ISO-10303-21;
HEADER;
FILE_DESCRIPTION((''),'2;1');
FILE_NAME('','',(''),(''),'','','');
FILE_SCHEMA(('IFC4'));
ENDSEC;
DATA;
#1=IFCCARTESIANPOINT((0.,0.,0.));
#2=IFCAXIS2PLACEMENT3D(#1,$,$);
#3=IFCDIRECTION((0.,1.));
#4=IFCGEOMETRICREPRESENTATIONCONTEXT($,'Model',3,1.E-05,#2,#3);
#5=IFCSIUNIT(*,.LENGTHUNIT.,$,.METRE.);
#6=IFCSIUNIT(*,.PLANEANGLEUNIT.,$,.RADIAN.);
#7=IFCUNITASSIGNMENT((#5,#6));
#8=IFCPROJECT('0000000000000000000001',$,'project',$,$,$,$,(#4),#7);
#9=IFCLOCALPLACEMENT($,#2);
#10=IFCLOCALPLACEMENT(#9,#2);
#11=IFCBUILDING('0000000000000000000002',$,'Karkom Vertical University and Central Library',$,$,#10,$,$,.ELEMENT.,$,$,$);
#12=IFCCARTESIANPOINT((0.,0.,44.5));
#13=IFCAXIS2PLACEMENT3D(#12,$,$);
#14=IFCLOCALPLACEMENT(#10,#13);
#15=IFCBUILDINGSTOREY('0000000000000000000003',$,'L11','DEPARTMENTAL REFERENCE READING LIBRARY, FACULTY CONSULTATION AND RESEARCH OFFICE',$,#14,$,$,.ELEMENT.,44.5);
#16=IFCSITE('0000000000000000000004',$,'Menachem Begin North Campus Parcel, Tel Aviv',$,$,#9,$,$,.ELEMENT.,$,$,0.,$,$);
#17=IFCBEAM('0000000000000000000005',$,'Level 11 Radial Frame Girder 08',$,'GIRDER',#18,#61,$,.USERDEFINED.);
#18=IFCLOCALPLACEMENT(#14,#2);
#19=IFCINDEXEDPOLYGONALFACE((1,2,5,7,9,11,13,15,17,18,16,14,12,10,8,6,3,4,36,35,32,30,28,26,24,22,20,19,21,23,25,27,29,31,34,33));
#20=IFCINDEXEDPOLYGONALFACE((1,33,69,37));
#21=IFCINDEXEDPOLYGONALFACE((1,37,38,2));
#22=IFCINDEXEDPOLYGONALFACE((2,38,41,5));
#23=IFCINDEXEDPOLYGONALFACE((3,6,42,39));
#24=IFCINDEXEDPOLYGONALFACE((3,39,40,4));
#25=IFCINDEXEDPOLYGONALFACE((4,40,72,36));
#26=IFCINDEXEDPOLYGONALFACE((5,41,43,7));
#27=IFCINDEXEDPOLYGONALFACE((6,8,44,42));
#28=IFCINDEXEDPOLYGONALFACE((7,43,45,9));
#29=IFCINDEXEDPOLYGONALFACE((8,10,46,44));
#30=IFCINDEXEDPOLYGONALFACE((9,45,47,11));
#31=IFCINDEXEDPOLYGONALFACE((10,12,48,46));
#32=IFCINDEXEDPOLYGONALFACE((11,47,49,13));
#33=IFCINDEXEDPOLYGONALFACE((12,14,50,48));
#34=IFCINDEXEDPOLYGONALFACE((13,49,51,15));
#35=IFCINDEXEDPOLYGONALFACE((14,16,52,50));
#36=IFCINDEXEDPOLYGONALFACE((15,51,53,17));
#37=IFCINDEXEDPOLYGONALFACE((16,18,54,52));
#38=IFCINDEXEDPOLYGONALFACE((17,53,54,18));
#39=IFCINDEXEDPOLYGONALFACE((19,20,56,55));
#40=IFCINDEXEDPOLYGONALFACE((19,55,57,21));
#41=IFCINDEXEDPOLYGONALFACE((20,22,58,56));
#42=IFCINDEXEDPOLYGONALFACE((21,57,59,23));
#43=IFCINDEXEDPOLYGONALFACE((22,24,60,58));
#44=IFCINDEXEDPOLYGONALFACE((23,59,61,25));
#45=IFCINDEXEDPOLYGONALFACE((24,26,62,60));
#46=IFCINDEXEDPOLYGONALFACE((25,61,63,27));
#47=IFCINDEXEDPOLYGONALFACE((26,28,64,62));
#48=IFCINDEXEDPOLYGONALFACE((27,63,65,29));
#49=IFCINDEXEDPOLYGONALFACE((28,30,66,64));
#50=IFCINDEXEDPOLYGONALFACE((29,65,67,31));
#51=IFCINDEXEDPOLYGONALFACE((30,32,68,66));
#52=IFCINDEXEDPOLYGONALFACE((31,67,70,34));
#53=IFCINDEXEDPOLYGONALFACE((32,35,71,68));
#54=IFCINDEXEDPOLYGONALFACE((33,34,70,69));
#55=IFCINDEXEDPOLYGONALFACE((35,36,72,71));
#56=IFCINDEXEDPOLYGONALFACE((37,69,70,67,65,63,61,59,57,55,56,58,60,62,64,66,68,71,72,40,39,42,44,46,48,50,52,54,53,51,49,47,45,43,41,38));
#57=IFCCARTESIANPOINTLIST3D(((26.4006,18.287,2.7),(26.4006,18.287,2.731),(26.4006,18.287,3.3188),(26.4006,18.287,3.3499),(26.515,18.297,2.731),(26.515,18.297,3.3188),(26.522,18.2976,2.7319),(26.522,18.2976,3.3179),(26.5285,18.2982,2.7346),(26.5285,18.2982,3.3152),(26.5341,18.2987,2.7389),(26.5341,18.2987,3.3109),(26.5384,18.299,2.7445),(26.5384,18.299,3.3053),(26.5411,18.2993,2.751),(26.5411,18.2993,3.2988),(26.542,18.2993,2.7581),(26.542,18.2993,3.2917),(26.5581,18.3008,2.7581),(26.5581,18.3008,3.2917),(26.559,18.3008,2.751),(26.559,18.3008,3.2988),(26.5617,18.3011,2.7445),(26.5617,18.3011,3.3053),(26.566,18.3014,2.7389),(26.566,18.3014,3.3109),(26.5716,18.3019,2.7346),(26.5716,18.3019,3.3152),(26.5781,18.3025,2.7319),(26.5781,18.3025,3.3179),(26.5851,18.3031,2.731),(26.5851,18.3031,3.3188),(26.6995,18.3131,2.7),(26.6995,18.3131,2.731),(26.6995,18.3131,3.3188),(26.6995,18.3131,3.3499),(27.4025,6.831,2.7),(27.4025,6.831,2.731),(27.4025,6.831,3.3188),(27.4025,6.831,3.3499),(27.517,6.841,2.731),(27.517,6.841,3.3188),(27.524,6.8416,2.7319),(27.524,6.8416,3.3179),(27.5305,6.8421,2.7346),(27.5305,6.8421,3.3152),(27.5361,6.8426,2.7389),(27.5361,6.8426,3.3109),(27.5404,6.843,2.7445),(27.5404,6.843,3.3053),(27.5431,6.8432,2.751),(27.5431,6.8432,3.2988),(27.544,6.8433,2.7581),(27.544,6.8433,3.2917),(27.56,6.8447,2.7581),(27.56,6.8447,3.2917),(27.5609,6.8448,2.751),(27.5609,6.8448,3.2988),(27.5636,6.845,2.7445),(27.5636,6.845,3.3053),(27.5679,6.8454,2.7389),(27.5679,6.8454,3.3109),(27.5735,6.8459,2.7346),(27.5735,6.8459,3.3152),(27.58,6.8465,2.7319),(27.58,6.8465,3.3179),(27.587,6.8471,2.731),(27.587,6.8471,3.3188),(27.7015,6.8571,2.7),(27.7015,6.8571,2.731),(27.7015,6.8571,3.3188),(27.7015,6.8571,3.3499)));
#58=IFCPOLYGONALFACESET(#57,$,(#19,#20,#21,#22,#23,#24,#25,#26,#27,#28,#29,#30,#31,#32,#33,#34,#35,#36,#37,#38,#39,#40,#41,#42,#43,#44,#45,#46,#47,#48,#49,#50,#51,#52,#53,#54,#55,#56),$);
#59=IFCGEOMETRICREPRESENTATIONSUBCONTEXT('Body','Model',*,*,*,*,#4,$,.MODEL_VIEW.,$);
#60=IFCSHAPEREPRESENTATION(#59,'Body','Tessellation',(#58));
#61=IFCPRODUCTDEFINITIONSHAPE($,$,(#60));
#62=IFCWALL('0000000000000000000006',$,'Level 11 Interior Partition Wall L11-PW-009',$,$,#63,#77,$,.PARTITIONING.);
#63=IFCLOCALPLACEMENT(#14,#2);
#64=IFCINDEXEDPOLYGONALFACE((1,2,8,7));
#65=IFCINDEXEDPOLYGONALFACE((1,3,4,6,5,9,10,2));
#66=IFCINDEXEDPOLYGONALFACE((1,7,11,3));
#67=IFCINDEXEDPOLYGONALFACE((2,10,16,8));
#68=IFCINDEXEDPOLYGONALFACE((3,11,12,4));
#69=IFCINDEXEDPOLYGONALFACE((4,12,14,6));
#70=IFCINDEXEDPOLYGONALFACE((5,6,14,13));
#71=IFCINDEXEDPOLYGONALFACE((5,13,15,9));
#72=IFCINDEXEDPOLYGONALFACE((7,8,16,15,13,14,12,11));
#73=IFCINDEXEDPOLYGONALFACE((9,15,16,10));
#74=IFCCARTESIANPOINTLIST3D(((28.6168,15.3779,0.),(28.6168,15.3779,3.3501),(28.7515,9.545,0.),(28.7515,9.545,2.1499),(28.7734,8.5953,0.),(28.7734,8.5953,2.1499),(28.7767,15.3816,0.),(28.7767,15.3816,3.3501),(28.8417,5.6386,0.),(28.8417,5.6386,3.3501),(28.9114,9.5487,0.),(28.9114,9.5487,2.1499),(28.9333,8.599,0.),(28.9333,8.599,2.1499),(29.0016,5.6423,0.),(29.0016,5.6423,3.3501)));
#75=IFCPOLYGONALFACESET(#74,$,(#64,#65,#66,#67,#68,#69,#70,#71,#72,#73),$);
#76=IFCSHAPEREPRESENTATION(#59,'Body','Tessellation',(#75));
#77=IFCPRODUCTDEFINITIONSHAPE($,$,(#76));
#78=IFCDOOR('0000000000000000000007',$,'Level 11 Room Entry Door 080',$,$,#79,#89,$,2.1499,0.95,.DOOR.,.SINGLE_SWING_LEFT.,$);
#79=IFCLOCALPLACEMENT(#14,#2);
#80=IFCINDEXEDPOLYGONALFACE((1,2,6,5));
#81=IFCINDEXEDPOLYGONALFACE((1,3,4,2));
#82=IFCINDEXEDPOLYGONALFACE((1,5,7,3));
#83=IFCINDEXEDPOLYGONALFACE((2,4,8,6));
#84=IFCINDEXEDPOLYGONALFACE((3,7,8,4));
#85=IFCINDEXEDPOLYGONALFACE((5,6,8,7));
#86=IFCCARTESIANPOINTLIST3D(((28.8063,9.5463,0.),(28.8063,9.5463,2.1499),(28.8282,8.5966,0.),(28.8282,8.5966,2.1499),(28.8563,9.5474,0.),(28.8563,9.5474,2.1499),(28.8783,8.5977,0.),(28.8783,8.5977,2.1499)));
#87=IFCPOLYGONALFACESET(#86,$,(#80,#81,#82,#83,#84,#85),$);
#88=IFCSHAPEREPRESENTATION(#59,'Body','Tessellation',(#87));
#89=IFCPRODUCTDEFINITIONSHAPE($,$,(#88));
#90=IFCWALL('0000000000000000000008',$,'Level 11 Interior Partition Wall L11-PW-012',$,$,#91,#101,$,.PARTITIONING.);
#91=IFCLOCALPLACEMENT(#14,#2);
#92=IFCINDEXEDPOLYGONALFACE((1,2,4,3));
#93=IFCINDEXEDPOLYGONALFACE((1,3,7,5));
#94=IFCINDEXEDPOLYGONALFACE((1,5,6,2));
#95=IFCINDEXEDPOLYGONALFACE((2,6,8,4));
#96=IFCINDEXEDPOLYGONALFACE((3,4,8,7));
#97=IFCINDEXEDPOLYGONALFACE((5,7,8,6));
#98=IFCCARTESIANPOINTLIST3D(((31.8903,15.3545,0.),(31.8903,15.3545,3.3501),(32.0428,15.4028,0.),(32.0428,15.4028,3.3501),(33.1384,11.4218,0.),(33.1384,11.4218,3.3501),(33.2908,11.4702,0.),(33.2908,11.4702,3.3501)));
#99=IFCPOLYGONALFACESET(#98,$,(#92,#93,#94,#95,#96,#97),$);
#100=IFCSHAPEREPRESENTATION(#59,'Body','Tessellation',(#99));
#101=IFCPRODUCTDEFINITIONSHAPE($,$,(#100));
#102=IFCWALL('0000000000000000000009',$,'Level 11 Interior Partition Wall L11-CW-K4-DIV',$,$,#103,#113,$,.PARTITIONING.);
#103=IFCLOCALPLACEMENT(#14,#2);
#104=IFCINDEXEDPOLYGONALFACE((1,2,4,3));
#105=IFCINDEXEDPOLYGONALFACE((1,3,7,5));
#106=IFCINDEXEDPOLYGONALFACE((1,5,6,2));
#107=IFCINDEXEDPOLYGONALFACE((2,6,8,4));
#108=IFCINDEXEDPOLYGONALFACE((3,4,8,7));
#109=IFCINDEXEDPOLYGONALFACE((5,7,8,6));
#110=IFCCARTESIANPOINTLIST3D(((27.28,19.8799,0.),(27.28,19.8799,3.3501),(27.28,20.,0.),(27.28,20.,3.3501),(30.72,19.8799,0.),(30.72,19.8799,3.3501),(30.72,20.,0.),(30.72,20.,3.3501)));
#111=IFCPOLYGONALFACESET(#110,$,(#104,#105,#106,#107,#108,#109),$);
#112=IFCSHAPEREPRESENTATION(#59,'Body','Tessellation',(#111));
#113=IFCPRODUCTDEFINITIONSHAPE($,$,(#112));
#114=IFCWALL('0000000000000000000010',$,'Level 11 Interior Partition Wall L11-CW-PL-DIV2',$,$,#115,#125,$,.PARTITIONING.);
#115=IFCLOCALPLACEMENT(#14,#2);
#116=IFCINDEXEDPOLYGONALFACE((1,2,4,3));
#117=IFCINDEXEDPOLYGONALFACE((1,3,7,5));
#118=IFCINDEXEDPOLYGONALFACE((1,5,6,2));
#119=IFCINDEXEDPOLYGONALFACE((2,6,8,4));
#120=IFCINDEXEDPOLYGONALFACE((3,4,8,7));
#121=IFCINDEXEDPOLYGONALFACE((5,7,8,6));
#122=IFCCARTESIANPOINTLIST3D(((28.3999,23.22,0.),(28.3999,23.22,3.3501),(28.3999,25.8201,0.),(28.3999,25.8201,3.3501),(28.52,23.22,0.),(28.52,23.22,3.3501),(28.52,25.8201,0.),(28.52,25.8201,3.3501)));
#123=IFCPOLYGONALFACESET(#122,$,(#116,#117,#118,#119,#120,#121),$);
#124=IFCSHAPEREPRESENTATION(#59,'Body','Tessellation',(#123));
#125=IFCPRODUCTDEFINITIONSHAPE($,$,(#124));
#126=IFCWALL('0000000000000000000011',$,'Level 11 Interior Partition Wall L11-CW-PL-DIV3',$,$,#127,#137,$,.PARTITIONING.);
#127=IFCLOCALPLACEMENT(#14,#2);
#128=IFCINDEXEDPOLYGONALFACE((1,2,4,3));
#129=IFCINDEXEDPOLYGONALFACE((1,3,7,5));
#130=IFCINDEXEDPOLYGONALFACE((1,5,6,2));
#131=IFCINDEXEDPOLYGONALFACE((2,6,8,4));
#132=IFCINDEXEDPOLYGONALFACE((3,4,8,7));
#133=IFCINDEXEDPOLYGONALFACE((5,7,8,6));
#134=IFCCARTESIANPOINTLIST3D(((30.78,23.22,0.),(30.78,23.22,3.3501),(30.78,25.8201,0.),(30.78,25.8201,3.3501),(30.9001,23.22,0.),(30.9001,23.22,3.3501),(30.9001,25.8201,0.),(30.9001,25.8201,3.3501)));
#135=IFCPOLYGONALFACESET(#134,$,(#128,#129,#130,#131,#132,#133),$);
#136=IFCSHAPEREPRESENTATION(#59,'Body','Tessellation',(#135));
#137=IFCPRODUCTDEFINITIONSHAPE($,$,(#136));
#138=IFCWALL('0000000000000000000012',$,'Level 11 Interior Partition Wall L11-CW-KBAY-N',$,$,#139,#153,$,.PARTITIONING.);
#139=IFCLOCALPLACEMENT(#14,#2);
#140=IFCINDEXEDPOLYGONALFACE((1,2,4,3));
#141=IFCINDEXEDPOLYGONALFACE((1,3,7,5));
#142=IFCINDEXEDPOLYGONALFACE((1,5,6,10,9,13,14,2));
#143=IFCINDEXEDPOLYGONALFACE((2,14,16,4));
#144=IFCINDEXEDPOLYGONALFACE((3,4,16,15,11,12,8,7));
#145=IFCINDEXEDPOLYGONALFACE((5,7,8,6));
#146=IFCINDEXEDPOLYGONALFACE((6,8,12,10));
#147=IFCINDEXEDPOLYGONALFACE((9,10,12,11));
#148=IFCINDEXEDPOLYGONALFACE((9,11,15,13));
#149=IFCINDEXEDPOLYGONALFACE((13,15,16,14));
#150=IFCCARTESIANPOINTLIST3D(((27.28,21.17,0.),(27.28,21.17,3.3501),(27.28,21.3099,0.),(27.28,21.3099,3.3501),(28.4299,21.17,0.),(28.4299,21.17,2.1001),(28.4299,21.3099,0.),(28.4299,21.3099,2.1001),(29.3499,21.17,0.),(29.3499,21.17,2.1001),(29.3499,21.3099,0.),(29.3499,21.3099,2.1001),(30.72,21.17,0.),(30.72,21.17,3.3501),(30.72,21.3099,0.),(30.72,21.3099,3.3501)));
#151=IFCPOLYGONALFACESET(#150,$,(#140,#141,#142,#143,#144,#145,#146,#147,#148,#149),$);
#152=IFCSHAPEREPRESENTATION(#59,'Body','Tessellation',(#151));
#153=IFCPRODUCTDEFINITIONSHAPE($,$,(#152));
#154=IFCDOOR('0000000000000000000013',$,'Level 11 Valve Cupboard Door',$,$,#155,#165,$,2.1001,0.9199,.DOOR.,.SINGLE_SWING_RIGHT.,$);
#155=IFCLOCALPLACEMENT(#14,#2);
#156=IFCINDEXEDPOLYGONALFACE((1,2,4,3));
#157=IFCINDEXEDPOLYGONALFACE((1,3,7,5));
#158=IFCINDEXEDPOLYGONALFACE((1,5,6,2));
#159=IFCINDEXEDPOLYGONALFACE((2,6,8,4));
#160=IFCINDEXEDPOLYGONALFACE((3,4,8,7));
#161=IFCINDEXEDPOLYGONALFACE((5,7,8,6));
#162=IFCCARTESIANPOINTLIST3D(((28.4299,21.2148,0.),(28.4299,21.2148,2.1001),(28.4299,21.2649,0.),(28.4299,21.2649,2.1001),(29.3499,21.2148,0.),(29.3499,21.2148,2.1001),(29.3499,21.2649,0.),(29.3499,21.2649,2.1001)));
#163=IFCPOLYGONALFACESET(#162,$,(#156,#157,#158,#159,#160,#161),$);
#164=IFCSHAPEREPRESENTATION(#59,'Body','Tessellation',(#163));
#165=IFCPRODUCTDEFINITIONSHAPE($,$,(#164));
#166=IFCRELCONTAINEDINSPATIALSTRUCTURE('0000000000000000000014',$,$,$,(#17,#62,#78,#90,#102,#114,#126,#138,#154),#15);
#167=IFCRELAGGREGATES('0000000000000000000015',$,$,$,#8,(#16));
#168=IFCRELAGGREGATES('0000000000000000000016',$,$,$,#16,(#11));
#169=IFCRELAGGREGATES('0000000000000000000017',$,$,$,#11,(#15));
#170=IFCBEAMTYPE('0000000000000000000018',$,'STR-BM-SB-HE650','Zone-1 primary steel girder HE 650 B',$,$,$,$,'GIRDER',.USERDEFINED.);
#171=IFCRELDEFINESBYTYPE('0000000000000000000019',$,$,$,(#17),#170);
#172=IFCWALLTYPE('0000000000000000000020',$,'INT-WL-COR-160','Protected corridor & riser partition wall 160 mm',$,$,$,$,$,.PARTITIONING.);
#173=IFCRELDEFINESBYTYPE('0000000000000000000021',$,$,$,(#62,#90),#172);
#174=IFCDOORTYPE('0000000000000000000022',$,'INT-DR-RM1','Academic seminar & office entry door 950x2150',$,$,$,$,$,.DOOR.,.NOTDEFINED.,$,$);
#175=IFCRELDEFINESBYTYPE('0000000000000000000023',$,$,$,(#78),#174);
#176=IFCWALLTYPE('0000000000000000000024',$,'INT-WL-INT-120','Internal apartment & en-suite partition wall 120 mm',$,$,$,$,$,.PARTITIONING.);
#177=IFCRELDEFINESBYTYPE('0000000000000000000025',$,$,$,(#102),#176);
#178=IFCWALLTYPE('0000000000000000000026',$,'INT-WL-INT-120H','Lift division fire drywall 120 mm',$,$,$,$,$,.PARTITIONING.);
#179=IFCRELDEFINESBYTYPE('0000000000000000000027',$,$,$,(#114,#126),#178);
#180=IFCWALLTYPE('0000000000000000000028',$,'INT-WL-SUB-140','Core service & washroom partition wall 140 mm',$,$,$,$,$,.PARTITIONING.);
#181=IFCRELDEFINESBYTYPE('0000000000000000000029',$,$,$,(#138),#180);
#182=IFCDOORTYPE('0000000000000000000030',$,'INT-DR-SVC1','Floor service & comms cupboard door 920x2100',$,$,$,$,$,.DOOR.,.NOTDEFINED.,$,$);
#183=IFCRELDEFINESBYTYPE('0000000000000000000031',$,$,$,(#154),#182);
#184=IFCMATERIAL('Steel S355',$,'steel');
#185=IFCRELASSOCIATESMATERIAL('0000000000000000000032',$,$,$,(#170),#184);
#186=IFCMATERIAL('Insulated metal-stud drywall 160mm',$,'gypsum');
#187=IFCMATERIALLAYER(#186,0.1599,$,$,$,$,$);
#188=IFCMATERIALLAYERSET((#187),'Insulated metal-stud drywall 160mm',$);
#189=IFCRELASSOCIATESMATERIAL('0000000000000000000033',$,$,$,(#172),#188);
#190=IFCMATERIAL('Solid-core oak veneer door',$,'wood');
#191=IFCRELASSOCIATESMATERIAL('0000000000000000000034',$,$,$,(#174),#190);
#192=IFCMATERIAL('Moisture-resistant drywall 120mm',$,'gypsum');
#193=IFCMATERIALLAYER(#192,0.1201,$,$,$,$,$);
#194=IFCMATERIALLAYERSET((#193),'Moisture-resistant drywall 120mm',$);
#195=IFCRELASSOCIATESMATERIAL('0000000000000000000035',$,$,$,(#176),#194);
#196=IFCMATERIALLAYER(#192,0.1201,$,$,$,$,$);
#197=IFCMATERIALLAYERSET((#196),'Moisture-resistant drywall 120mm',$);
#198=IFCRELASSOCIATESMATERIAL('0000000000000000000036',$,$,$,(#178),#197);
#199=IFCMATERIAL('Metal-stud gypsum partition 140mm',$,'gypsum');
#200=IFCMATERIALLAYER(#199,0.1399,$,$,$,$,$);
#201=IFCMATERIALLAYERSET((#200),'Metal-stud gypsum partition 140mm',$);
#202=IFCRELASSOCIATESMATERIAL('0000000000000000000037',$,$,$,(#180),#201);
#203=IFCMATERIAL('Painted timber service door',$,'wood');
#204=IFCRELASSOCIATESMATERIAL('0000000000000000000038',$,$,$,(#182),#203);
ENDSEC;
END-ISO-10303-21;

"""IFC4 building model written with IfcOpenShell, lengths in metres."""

from ifc_helpers import new_model, si_unit, direction, frame, frame_2d, origin, origin_with_axes, origin_2d, place, context, subcontext, project, spatial, rectangle, i_section, extrude, source, transform, mapped, material, layer, layer_set, material_profile, profile_set, type_object, element, fill, save


model = new_model("IFC4")

# Units and contexts
model_context = context("Model", 3, precision=1e-05, world=origin(), true_north=direction((0.0, 1.0)))
body_context = subcontext(model_context, "Body", "Model", "MODEL_VIEW")
ifc_project = project(units=[si_unit("LENGTHUNIT", "METRE"), si_unit("PLANEANGLEUNIT", "RADIAN")], contexts=[model_context])

# Site, building, storey
site_placement = place(None, origin())
site = spatial("IfcSite", under=ifc_project, at=site_placement, Name="Menachem Begin North Campus Parcel, Tel Aviv", CompositionType="ELEMENT", RefElevation=0.0)
building_placement = place(site_placement, origin())
building = spatial("IfcBuilding", under=site, at=building_placement, Name="Karkom Vertical University and Central Library", CompositionType="ELEMENT")
storey_placement = place(building_placement, frame((0.0, 0.0, 44.5)))
storey = spatial("IfcBuildingStorey", under=building, at=storey_placement, Name="L11", Description="DEPARTMENTAL REFERENCE READING LIBRARY, FACULTY CONSULTATION AND RESEARCH OFFICE", CompositionType="ELEMENT", Elevation=44.5)

# Beam
ifc_material_1 = material(Name="Steel S355", Category="steel")
ifc_material_profile = material_profile(ifc_material_1, i_section(OverallWidth=0.3, OverallDepth=0.6499, WebThickness=0.0161, FlangeThickness=0.031, FilletRadius=0.0271, at=origin_2d()), Name="HE 650 B")
ifc_profile_set = profile_set([ifc_material_profile], Name="Steel S355")
beam_type = type_object("IfcBeamType", Name="STR-BM-SB-HE650", Description="Zone-1 primary steel girder HE 650 B", ElementType="GIRDER", PredefinedType="USERDEFINED", material=ifc_profile_set)
shared_shape_1 = source(origin_with_axes(), body_context, "Body", "SweptSolid", [
    extrude(i_section(OverallWidth=0.3, OverallDepth=0.6499, WebThickness=0.0161, FlangeThickness=0.031, FilletRadius=0.0271, at=origin_2d()), origin(), (0.0, 0.0, 1.0), 11.4998),
])
beam_placement = place(storey_placement, frame((26.55, 18.3, 3.0249), z_axis=(0.087128, -0.996197, 0.0), x_axis=(0.996197, 0.087128, 0.0)))
element("IfcBeam", 1, at=beam_placement, inside=storey, type_object=beam_type, Name="Level 11 Radial Frame Girder 08", ObjectType="GIRDER", PredefinedType="USERDEFINED", context=body_context, shape_type="MappedRepresentation", body=[
    mapped(shared_shape_1, transform((0.0, 0.0, 0.0), scale=1.0)),
])

# Wall, opening, door
ifc_material_2 = material(Name="Insulated metal-stud drywall 160mm", Category="gypsum")
ifc_layer_1 = layer(ifc_material_2, 0.1599)
ifc_layer_set_1 = layer_set([ifc_layer_1], Name="Insulated metal-stud drywall 160mm")
wall_type_1 = type_object("IfcWallType", Name="INT-WL-COR-160", Description="Protected corridor & riser partition wall 160 mm", PredefinedType="PARTITIONING", material=ifc_layer_set_1)
wall_1_placement = place(storey_placement, frame((28.6968, 15.3799, 0.0), z_axis=(0.0, 0.0, 1.0), x_axis=(0.023081, -0.999734, 0.0)))
wall_1 = element("IfcWall", 2, at=wall_1_placement, inside=storey, type_object=wall_type_1, Name="Level 11 Interior Partition Wall L11-PW-009", PredefinedType="PARTITIONING", context=body_context, shape_type="SweptSolid", body=[
    extrude(rectangle(XDim=9.7419, YDim=0.1599, at=frame_2d((4.8711, 0.0))), origin(), (0.0, 0.0, 1.0), 3.3501),
])
opening_1_placement = place(wall_1_placement, frame((5.8345, 0.0, 0.0)))
opening_1 = element("IfcOpeningElement", 3, at=opening_1_placement, cuts=wall_1, PredefinedType="OPENING", context=body_context, shape_type="SweptSolid", body=[
    extrude(rectangle(XDim=0.95, YDim=2.1499, at=frame_2d((0.4751, 1.075))), frame((0.0, 0.0898, 0.0), z_axis=(0.0, -1.0, 0.0), x_axis=(1.0, 0.0, 0.0)), (0.0, 0.0, 1.0), 0.1799),
])
ifc_material_3 = material(Name="Solid-core oak veneer door", Category="wood")
door_type_1 = type_object("IfcDoorType", Name="INT-DR-RM1", Description="Academic seminar & office entry door 950x2150", OperationType="NOTDEFINED", PredefinedType="DOOR", material=ifc_material_3)
shared_shape_2 = source(origin_with_axes(), body_context, "Body", "SweptSolid", [
    extrude(rectangle(XDim=0.95, YDim=2.1499, at=frame_2d((0.4751, 1.075))), frame((0.0, 0.0249, 0.0), z_axis=(0.0, -1.0, 0.0), x_axis=(1.0, 0.0, 0.0)), (0.0, 0.0, 1.0), 0.05),
])
door_1_placement = place(opening_1_placement, origin())
door_1 = element("IfcDoor", 4, at=door_1_placement, inside=storey, type_object=door_type_1, Name="Level 11 Room Entry Door 080", OperationType="SINGLE_SWING_LEFT", OverallHeight=2.1499, OverallWidth=0.95, PredefinedType="DOOR", context=body_context, shape_type="MappedRepresentation", body=[
    mapped(shared_shape_2, transform((0.0, 0.0, 0.0), scale=1.0)),
])
fill(opening_1, door_1)

# Walls
wall_2_placement = place(storey_placement, frame((31.9666, 15.3787, 0.0), z_axis=(0.0, 0.0, 1.0), x_axis=(0.30249, -0.953152, 0.0)))
element("IfcWall", 5, at=wall_2_placement, inside=storey, type_object=wall_type_1, Name="Level 11 Interior Partition Wall L11-PW-012", PredefinedType="PARTITIONING", context=body_context, shape_type="SweptSolid", body=[
    extrude(rectangle(XDim=4.126, YDim=0.1599, at=frame_2d((2.063, 0.0))), origin(), (0.0, 0.0, 1.0), 3.3501),
])
ifc_material_4 = material(Name="Moisture-resistant drywall 120mm", Category="gypsum")
ifc_layer_2 = layer(ifc_material_4, 0.1201)
ifc_layer_set_2 = layer_set([ifc_layer_2], Name="Moisture-resistant drywall 120mm")
wall_type_2 = type_object("IfcWallType", Name="INT-WL-INT-120", Description="Internal apartment & en-suite partition wall 120 mm", PredefinedType="PARTITIONING", material=ifc_layer_set_2)
wall_3_placement = place(storey_placement, frame((27.28, 19.9399, 0.0), z_axis=(0.0, 0.0, 1.0), x_axis=(1.0, 0.0, 0.0)))
element("IfcWall", 6, at=wall_3_placement, inside=storey, type_object=wall_type_2, Name="Level 11 Interior Partition Wall L11-CW-K4-DIV", PredefinedType="PARTITIONING", context=body_context, shape_type="SweptSolid", body=[
    extrude(rectangle(XDim=3.4399, YDim=0.1201, at=frame_2d((1.72, 0.0))), origin(), (0.0, 0.0, 1.0), 3.3501),
])
ifc_layer_3 = layer(ifc_material_4, 0.1201)
ifc_layer_set_3 = layer_set([ifc_layer_3], Name="Moisture-resistant drywall 120mm")
wall_type_3 = type_object("IfcWallType", Name="INT-WL-INT-120H", Description="Lift division fire drywall 120 mm", PredefinedType="PARTITIONING", material=ifc_layer_set_3)
for number, where, z_axis, x_axis, name in (
    (7, (28.46, 23.22, 0.0), (0.0, 0.0, 1.0), (0.0, 1.0, 0.0), "Level 11 Interior Partition Wall L11-CW-PL-DIV2"),
    (8, (30.8401, 23.22, 0.0), (0.0, 0.0, 1.0), (0.0, 1.0, 0.0), "Level 11 Interior Partition Wall L11-CW-PL-DIV3"),
):
    element("IfcWall", number, at=place(storey_placement, frame(where, z_axis=z_axis, x_axis=x_axis)), inside=storey, type_object=wall_type_3, Name=name, PredefinedType="PARTITIONING", context=body_context, shape_type="SweptSolid", body=[
        extrude(rectangle(XDim=2.6001, YDim=0.1201, at=frame_2d((1.3, 0.0))), origin(), (0.0, 0.0, 1.0), 3.3501),
    ])

# Wall, opening, door
ifc_material_5 = material(Name="Metal-stud gypsum partition 140mm", Category="gypsum")
ifc_layer_4 = layer(ifc_material_5, 0.1399)
ifc_layer_set_4 = layer_set([ifc_layer_4], Name="Metal-stud gypsum partition 140mm")
wall_type_4 = type_object("IfcWallType", Name="INT-WL-SUB-140", Description="Core service & washroom partition wall 140 mm", PredefinedType="PARTITIONING", material=ifc_layer_set_4)
wall_4_placement = place(storey_placement, frame((27.28, 21.24, 0.0), z_axis=(0.0, 0.0, 1.0), x_axis=(1.0, 0.0, 0.0)))
wall_4 = element("IfcWall", 9, at=wall_4_placement, inside=storey, type_object=wall_type_4, Name="Level 11 Interior Partition Wall L11-CW-KBAY-N", PredefinedType="PARTITIONING", context=body_context, shape_type="SweptSolid", body=[
    extrude(rectangle(XDim=3.4399, YDim=0.1399, at=frame_2d((1.72, 0.0))), origin(), (0.0, 0.0, 1.0), 3.3501),
])
opening_2_placement = place(wall_4_placement, frame((1.1499, 0.0, 0.0)))
opening_2 = element("IfcOpeningElement", 10, at=opening_2_placement, cuts=wall_4, PredefinedType="OPENING", context=body_context, shape_type="SweptSolid", body=[
    extrude(rectangle(XDim=0.9199, YDim=2.1001, at=frame_2d((0.46, 1.05))), frame((0.0, 0.0801, 0.0), z_axis=(0.0, -1.0, 0.0), x_axis=(1.0, 0.0, 0.0)), (0.0, 0.0, 1.0), 0.1599),
])
ifc_material_6 = material(Name="Painted timber service door", Category="wood")
door_type_2 = type_object("IfcDoorType", Name="INT-DR-SVC1", Description="Floor service & comms cupboard door 920x2100", OperationType="NOTDEFINED", PredefinedType="DOOR", material=ifc_material_6)
shared_shape_3 = source(origin_with_axes(), body_context, "Body", "SweptSolid", [
    extrude(rectangle(XDim=0.9199, YDim=2.1001, at=frame_2d((0.46, 1.05))), frame((0.0, 0.0249, 0.0), z_axis=(0.0, -1.0, 0.0), x_axis=(1.0, 0.0, 0.0)), (0.0, 0.0, 1.0), 0.05),
])
door_2_placement = place(opening_2_placement, origin())
door_2 = element("IfcDoor", 11, at=door_2_placement, inside=storey, type_object=door_type_2, Name="Level 11 Valve Cupboard Door", OperationType="SINGLE_SWING_RIGHT", OverallHeight=2.1001, OverallWidth=0.9199, PredefinedType="DOOR", context=body_context, shape_type="MappedRepresentation", body=[
    mapped(shared_shape_3, transform((0.0, 0.0, 0.0), scale=1.0)),
])
fill(opening_2, door_2)

save(model, "model.ifc")
